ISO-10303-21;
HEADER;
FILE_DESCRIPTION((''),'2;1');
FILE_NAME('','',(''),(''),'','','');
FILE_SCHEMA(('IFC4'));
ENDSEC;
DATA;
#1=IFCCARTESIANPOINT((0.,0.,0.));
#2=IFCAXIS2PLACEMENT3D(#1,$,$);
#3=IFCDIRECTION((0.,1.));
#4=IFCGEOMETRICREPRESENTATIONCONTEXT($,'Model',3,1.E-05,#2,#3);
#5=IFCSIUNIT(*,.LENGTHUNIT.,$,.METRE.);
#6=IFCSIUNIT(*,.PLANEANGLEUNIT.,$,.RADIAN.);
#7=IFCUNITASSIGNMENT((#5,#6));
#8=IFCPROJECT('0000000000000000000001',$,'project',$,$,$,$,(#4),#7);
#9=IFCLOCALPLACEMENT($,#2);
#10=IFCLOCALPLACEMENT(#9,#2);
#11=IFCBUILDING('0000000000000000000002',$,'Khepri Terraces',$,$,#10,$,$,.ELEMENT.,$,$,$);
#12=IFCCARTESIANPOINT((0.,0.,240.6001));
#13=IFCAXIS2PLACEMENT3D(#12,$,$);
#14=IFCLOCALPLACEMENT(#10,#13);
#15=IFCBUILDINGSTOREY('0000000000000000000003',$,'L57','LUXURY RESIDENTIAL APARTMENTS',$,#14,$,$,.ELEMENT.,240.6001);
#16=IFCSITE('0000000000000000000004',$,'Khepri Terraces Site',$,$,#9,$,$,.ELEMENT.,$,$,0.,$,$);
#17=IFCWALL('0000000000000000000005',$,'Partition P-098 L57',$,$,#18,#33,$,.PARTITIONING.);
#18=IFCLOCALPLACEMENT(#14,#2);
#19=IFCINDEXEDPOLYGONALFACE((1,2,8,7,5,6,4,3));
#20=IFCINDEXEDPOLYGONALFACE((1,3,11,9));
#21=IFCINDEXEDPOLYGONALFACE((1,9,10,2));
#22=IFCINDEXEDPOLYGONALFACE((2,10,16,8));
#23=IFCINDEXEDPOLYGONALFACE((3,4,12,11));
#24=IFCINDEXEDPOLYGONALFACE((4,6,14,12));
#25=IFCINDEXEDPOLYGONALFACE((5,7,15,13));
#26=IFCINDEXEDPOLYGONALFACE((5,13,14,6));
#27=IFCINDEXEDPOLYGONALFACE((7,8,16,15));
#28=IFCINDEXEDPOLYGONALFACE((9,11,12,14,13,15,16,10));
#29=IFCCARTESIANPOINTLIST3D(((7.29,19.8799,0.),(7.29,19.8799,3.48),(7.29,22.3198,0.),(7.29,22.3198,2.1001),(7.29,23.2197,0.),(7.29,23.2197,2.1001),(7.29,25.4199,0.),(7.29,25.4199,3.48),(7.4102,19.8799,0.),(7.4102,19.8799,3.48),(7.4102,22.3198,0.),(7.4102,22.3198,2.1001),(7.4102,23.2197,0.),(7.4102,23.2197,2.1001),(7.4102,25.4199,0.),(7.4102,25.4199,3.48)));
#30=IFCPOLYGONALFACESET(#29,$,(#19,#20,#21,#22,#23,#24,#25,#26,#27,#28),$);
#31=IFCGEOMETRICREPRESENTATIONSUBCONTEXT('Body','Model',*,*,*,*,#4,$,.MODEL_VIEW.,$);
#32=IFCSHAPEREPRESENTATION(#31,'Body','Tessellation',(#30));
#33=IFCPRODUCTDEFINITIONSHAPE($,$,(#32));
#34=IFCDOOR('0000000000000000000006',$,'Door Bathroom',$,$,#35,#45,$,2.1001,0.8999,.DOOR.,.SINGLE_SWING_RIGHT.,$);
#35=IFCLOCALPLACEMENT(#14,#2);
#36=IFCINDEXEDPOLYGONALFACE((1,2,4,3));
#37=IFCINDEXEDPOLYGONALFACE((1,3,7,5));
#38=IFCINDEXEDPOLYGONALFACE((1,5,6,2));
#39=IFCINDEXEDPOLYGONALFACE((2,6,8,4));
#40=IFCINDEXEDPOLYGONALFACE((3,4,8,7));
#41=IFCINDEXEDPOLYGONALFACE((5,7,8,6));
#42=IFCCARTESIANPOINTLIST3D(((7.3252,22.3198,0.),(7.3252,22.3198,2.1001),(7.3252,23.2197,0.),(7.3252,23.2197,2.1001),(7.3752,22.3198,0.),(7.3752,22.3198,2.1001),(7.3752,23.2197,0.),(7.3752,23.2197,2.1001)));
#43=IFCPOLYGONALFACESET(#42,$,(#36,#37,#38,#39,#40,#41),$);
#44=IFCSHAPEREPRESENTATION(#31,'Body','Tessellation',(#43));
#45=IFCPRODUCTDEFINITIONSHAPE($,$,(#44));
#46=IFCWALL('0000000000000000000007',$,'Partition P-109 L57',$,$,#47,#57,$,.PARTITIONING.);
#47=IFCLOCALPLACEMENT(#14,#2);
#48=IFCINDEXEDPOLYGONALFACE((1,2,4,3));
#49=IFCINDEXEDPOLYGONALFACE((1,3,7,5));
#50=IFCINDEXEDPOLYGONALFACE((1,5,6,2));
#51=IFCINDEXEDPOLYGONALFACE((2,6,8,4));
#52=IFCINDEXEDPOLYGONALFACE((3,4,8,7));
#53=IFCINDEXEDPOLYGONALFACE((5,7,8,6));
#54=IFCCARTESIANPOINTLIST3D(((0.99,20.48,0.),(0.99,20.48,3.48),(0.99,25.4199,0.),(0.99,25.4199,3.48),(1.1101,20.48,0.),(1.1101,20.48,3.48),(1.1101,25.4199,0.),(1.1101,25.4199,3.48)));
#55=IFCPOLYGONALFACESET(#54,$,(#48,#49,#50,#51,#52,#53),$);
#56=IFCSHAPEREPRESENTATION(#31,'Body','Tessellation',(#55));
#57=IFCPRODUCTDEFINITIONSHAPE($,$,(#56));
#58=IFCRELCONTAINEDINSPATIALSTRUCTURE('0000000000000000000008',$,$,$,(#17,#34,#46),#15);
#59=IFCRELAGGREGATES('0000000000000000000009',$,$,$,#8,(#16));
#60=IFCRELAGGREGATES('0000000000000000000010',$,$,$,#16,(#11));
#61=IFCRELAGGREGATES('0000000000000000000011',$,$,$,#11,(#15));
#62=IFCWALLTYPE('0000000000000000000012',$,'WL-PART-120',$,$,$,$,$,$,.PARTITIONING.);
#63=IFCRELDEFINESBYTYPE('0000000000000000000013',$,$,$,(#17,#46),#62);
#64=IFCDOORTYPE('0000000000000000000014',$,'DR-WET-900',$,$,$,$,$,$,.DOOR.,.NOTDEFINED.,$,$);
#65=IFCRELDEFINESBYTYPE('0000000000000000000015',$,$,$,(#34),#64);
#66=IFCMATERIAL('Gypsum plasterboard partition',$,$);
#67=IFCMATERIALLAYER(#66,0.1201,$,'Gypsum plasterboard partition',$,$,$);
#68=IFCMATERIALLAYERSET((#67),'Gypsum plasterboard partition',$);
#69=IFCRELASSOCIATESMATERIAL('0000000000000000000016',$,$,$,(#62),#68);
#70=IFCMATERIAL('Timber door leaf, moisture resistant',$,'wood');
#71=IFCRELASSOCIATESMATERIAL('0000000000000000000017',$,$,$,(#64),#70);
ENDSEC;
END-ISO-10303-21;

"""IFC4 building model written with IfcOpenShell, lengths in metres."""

from ifc_helpers import new_model, si_unit, direction, frame, frame_2d, origin, place, context, subcontext, project, spatial, rectangle, extrude, material, layer, layer_set, type_object, element, fill, save


model = new_model("IFC4")

# Units and contexts
model_context = context("Model", 3, precision=1e-05, world=origin(), true_north=direction((0.0, 1.0)))
body_context = subcontext(model_context, "Body", "Model", "MODEL_VIEW")
ifc_project = project(units=[si_unit("LENGTHUNIT", "METRE"), si_unit("PLANEANGLEUNIT", "RADIAN")], contexts=[model_context])

# Site, building, storey
site_placement = place(None, origin())
site = spatial("IfcSite", under=ifc_project, at=site_placement, Name="Khepri Terraces Site", CompositionType="ELEMENT", RefElevation=0.0)
building_placement = place(site_placement, origin())
building = spatial("IfcBuilding", under=site, at=building_placement, Name="Khepri Terraces", CompositionType="ELEMENT")
storey_placement = place(building_placement, frame((0.0, 0.0, 240.6001)))
storey = spatial("IfcBuildingStorey", under=building, at=storey_placement, Name="L57", Description="LUXURY RESIDENTIAL APARTMENTS", CompositionType="ELEMENT", Elevation=240.6001)

# Shared definitions
ifc_material_1 = material(Name="Gypsum plasterboard partition")
ifc_layer_1 = layer(ifc_material_1, 0.1201, Name="Gypsum plasterboard partition")
ifc_layer_set_1 = layer_set([ifc_layer_1], Name="Gypsum plasterboard partition")
wall_type_1 = type_object("IfcWallType", Name="WL-PART-120", PredefinedType="PARTITIONING", material=ifc_layer_set_1)
ifc_material_2 = material(Name="Timber door leaf, moisture resistant", Category="wood")
door_type_1 = type_object("IfcDoorType", Name="DR-WET-900", OperationType="NOTDEFINED", PredefinedType="DOOR", material=ifc_material_2)

# Wall, opening, door
wall_1_placement = place(storey_placement, frame((7.3501, 19.8799, 0.0), z_axis=(0.0, 0.0, 1.0), x_axis=(0.0, 1.0, 0.0)))
wall_1 = element("IfcWall", 1, at=wall_1_placement, inside=storey, type_object=wall_type_1, Name="Partition P-098 L57", PredefinedType="PARTITIONING", context=body_context, shape_type="SweptSolid", body=[
    extrude(rectangle(XDim=5.54, YDim=0.1201, at=frame_2d((2.77, 0.0))), origin(), (0.0, 0.0, 1.0), 3.48),
])
opening_1_placement = place(wall_1_placement, frame((2.4399, 0.0, 0.0)))
opening_1 = element("IfcOpeningElement", 2, at=opening_1_placement, cuts=wall_1, PredefinedType="OPENING", context=body_context, shape_type="SweptSolid", body=[
    extrude(rectangle(XDim=0.8999, YDim=2.1001, at=frame_2d((0.45, 1.05))), frame((0.0, 0.0701, 0.0), z_axis=(0.0, -1.0, 0.0), x_axis=(1.0, 0.0, 0.0)), (0.0, 0.0, 1.0), 0.1401),
])
door_1_placement = place(opening_1_placement, origin())
door_1 = element("IfcDoor", 3, at=door_1_placement, inside=storey, type_object=door_type_1, Name="Door Bathroom", OperationType="SINGLE_SWING_RIGHT", OverallHeight=2.1001, OverallWidth=0.8999, PredefinedType="DOOR", context=body_context, shape_type="SweptSolid", body=[
    extrude(rectangle(XDim=0.8999, YDim=2.1001, at=frame_2d((0.45, 1.05))), frame((0.0, 0.0249, 0.0), z_axis=(0.0, -1.0, 0.0), x_axis=(1.0, 0.0, 0.0)), (0.0, 0.0, 1.0), 0.05),
])
fill(opening_1, door_1)

# Wall
wall_2_placement = place(storey_placement, frame((1.05, 20.48, 0.0), z_axis=(0.0, 0.0, 1.0), x_axis=(0.0, 1.0, 0.0)))
element("IfcWall", 4, at=wall_2_placement, inside=storey, type_object=wall_type_1, Name="Partition P-109 L57", PredefinedType="PARTITIONING", context=body_context, shape_type="SweptSolid", body=[
    extrude(rectangle(XDim=4.9399, YDim=0.1201, at=frame_2d((2.47, 0.0))), origin(), (0.0, 0.0, 1.0), 3.48),
])

save(model, "model.ifc")
